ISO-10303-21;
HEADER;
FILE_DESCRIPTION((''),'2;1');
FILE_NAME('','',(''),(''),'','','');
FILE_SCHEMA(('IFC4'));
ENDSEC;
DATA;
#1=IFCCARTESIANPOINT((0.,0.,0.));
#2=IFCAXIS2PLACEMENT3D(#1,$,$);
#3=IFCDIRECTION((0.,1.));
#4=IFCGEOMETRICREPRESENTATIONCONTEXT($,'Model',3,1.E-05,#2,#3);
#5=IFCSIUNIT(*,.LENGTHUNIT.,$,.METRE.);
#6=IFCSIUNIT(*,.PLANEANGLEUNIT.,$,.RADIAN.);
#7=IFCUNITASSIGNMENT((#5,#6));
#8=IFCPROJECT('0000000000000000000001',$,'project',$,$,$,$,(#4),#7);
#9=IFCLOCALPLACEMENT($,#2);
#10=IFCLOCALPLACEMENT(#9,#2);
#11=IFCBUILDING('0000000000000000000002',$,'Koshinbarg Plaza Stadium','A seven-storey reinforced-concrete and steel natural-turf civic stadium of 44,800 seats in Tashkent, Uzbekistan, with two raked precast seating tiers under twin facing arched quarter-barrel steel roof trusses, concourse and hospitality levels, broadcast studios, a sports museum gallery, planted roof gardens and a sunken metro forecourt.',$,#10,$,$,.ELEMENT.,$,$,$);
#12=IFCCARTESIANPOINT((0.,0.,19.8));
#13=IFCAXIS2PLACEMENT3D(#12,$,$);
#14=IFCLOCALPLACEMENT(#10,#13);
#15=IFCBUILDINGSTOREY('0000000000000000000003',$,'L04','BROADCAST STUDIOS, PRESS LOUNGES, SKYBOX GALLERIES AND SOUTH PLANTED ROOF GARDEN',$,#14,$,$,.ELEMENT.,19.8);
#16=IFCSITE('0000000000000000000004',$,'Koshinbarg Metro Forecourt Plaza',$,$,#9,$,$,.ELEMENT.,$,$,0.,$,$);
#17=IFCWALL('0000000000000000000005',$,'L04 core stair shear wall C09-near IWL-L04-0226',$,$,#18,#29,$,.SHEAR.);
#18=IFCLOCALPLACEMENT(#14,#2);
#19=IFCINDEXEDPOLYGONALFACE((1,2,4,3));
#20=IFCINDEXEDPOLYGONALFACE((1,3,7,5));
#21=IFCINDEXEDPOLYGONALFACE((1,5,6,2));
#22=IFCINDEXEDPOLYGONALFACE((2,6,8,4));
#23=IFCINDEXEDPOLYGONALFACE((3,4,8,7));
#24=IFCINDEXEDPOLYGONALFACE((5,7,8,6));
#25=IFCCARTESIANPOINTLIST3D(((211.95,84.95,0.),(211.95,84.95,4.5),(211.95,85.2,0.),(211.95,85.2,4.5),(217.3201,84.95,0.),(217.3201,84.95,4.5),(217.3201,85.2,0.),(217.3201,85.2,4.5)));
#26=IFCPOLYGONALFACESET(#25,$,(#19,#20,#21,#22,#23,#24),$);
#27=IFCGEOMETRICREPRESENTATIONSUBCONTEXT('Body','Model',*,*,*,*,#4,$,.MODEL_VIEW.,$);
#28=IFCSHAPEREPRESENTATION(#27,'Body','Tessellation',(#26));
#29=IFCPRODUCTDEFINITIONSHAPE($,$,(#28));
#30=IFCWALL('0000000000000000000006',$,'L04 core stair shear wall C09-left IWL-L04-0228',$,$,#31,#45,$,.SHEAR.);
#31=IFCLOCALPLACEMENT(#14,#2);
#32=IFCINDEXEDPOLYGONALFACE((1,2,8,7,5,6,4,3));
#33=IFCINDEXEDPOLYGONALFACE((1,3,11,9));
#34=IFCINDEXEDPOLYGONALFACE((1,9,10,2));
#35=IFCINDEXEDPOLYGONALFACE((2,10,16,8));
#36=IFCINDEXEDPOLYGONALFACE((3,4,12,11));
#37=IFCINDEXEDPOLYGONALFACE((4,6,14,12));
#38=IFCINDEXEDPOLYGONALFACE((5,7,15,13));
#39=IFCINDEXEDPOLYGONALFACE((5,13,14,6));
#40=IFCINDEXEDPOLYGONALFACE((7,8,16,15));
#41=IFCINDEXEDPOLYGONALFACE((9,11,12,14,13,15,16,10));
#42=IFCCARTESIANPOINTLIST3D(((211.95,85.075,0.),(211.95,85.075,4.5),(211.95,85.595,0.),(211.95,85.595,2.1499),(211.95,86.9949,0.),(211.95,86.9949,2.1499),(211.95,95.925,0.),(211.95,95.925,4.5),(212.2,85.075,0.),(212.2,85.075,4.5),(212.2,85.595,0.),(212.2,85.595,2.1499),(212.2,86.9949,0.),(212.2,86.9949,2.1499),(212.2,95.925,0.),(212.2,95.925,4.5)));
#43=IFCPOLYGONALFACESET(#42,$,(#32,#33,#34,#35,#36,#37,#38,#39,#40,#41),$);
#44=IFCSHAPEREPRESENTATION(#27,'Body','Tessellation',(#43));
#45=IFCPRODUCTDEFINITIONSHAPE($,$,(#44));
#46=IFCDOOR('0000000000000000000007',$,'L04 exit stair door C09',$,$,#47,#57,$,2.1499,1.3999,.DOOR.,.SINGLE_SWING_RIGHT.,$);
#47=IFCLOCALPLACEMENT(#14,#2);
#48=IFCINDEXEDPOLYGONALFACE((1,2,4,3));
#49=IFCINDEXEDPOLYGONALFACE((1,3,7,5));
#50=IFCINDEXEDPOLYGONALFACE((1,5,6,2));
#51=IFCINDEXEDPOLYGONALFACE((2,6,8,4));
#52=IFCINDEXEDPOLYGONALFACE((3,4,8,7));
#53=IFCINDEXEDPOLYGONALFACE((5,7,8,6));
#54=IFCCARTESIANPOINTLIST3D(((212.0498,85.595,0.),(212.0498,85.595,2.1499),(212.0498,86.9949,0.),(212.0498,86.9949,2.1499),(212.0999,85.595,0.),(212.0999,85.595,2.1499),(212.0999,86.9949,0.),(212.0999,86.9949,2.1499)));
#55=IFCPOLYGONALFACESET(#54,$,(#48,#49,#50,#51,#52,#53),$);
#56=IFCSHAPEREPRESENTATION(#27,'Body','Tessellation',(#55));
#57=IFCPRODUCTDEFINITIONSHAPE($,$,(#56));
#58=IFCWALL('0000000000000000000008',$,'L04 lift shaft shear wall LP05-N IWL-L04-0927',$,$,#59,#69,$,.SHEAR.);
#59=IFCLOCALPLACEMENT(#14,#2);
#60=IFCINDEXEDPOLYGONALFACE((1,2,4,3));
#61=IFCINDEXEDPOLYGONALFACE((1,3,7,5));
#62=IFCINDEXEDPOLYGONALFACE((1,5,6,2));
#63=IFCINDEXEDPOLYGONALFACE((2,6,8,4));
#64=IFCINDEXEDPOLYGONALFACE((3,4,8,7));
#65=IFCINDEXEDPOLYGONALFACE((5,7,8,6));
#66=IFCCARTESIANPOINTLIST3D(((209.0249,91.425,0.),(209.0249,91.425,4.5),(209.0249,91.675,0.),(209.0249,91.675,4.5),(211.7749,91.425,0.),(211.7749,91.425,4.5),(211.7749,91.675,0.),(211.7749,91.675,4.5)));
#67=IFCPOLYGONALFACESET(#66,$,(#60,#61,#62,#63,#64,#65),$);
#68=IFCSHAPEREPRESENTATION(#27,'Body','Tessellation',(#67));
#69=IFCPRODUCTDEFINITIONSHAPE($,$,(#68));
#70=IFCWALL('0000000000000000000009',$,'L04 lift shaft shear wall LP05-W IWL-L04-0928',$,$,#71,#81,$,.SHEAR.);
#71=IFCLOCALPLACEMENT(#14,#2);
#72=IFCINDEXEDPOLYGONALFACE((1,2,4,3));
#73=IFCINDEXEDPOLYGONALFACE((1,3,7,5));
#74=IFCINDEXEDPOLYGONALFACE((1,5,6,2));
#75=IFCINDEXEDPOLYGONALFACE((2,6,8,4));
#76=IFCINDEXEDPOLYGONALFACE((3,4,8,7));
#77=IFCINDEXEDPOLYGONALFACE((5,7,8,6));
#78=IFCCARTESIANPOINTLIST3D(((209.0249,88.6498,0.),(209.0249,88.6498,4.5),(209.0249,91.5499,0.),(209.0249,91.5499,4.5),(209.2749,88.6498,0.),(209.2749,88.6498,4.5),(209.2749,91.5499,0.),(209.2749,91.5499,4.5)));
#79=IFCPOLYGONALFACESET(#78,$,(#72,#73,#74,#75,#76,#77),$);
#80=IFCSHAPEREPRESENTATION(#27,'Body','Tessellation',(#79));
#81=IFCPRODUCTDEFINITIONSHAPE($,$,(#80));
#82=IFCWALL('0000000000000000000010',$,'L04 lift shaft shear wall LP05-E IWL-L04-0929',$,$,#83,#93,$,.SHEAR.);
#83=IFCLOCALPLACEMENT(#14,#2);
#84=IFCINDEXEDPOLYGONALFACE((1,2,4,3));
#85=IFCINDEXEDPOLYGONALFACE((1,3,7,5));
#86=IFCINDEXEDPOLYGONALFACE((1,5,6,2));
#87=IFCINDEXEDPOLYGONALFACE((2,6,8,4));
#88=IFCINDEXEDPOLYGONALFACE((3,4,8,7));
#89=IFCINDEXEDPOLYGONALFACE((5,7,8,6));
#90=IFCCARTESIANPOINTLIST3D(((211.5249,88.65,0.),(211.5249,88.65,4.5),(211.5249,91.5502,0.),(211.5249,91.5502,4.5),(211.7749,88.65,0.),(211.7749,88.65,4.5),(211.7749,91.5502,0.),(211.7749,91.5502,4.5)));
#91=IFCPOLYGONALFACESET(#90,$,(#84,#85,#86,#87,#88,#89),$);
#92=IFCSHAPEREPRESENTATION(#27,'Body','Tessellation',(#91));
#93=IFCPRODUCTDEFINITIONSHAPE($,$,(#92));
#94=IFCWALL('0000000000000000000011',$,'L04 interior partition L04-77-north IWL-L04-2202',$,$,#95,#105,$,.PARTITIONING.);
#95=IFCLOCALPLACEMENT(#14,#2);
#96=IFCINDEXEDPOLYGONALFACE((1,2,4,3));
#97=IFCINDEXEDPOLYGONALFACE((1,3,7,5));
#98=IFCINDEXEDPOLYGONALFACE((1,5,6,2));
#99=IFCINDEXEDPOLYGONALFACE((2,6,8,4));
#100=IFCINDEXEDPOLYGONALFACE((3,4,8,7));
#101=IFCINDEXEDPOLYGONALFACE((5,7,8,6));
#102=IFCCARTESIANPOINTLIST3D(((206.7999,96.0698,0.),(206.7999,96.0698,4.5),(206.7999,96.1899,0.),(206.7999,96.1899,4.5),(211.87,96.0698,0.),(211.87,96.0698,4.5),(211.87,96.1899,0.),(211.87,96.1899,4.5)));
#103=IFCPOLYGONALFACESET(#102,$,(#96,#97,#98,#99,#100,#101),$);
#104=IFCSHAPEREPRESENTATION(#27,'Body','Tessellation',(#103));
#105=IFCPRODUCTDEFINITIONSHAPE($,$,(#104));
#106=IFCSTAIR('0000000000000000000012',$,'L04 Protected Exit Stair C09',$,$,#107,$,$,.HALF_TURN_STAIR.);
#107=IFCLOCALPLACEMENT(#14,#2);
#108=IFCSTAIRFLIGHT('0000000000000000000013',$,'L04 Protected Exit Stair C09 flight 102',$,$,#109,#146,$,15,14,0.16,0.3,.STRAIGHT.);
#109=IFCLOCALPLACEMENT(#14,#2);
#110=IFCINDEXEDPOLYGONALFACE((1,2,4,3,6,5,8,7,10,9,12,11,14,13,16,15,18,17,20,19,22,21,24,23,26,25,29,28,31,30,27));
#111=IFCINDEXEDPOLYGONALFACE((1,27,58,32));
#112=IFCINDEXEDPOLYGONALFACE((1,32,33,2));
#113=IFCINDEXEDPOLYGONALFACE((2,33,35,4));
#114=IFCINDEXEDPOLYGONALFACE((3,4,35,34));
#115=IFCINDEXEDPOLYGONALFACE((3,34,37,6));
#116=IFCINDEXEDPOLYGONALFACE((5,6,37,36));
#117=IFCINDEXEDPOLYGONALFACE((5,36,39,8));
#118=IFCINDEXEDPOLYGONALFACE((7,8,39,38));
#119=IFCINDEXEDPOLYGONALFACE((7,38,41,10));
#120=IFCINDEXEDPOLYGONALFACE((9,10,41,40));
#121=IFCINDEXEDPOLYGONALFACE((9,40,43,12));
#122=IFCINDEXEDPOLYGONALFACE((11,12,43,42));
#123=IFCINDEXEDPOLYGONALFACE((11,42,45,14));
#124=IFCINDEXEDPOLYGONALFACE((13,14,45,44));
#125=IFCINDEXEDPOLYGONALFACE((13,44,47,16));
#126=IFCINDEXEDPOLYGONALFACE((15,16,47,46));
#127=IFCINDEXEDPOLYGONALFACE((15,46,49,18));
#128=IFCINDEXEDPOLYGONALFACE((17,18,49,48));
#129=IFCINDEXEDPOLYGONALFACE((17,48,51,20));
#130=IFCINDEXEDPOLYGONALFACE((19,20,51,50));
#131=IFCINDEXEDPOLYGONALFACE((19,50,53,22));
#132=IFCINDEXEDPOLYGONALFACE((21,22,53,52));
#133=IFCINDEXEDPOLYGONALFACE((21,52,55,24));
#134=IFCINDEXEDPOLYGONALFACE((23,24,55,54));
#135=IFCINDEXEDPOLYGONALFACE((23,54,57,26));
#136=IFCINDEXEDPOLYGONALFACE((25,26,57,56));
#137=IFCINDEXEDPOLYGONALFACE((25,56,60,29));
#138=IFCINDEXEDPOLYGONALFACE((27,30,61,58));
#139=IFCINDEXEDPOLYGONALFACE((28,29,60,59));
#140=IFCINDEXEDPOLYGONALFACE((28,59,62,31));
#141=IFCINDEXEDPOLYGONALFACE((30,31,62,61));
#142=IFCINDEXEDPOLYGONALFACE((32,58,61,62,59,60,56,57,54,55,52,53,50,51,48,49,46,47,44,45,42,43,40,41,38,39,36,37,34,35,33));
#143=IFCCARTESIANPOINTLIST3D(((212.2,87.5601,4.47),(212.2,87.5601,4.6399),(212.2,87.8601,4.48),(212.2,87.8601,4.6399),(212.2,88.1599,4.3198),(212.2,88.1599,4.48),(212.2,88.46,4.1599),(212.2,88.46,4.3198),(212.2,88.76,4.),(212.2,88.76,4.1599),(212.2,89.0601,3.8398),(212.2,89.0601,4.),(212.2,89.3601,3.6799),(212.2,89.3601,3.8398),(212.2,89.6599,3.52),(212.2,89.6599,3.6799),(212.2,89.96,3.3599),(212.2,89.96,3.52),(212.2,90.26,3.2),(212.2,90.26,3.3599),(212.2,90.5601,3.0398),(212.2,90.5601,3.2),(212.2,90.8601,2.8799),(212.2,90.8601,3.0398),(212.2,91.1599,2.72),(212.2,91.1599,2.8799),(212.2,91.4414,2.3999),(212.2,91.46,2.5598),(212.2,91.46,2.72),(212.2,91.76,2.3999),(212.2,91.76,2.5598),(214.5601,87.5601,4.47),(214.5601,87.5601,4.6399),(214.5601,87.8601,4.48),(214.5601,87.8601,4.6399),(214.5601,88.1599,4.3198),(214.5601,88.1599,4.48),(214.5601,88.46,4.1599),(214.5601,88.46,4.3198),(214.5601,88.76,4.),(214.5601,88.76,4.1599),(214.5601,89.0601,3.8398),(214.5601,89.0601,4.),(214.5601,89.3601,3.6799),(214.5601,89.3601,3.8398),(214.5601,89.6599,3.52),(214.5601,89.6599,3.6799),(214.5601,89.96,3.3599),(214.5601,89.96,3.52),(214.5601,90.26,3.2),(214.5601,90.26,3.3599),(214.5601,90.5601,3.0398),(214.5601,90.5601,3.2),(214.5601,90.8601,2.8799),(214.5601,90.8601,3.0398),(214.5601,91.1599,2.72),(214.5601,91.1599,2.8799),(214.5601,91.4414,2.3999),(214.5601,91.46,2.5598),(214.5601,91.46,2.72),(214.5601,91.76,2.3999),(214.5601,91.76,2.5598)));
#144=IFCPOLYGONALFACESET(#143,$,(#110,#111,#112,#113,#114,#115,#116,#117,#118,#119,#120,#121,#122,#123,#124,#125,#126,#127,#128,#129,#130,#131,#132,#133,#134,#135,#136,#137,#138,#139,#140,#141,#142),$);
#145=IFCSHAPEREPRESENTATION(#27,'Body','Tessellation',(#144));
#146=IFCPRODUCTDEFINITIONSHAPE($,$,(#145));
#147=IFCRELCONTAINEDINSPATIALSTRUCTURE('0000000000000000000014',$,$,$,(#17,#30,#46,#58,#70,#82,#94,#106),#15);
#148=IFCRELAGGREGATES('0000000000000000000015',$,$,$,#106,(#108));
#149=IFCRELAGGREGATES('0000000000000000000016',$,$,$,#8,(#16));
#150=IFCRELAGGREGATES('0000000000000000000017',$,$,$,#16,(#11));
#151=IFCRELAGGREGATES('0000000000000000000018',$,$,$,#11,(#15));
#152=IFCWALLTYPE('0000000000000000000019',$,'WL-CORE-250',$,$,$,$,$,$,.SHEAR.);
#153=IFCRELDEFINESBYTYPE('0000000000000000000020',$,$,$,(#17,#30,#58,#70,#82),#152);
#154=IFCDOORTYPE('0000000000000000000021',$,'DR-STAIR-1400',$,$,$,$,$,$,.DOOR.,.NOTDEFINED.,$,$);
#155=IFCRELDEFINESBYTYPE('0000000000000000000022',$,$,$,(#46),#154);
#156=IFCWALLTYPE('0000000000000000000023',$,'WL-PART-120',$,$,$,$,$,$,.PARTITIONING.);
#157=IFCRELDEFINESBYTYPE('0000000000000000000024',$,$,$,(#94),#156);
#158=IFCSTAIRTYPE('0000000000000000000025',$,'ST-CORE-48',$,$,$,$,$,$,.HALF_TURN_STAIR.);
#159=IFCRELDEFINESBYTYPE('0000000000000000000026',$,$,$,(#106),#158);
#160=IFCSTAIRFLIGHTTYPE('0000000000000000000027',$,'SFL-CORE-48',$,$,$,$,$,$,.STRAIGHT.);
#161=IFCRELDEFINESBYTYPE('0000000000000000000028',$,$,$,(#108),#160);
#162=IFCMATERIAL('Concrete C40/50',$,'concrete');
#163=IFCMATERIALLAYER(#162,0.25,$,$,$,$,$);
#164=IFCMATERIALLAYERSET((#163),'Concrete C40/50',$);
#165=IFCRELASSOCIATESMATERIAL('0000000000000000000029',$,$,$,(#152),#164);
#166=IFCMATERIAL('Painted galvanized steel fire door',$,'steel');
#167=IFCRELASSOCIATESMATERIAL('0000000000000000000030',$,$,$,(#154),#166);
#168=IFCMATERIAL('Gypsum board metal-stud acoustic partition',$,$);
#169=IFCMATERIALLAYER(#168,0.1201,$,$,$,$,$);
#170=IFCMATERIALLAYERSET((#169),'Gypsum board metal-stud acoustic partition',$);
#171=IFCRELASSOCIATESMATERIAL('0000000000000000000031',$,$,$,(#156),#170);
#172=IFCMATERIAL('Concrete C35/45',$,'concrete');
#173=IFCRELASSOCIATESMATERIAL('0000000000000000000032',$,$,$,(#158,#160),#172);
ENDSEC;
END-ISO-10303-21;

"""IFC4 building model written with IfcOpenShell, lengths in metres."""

from ifc_helpers import new_model, si_unit, direction, frame, frame_2d, origin, place, context, subcontext, project, spatial, polyline, rectangle, outline, extrude, material, layer, layer_set, type_object, element, fill, aggregate, save


model = new_model("IFC4")

# Units and contexts
model_context = context("Model", 3, precision=1e-05, world=origin(), true_north=direction((0.0, 1.0)))
body_context = subcontext(model_context, "Body", "Model", "MODEL_VIEW")
ifc_project = project(units=[si_unit("LENGTHUNIT", "METRE"), si_unit("PLANEANGLEUNIT", "RADIAN")], contexts=[model_context])

# Site, building, storey
site_placement = place(None, origin())
site = spatial("IfcSite", under=ifc_project, at=site_placement, Name="Koshinbarg Metro Forecourt Plaza", CompositionType="ELEMENT", RefElevation=0.0)
building_placement = place(site_placement, origin())
building = spatial("IfcBuilding", under=site, at=building_placement, Name="Koshinbarg Plaza Stadium", Description="A seven-storey reinforced-concrete and steel natural-turf civic stadium of 44,800 seats in Tashkent, Uzbekistan, with two raked precast seating tiers under twin facing arched quarter-barrel steel roof trusses, concourse and hospitality levels, broadcast studios, a sports museum gallery, planted roof gardens and a sunken metro forecourt.", CompositionType="ELEMENT")
storey_placement = place(building_placement, frame((0.0, 0.0, 19.8)))
storey = spatial("IfcBuildingStorey", under=building, at=storey_placement, Name="L04", Description="BROADCAST STUDIOS, PRESS LOUNGES, SKYBOX GALLERIES AND SOUTH PLANTED ROOF GARDEN", CompositionType="ELEMENT", Elevation=19.8)

# Shared definitions
ifc_material_1 = material(Name="Concrete C40/50", Category="concrete")

# Wall
ifc_layer_1 = layer(ifc_material_1, 0.25)
ifc_layer_set_1 = layer_set([ifc_layer_1], Name="Concrete C40/50")
wall_type_1 = type_object("IfcWallType", Name="WL-CORE-250", PredefinedType="SHEAR", material=ifc_layer_set_1)
wall_1_placement = place(storey_placement, frame((211.95, 85.075, 0.0), z_axis=(0.0, 0.0, 1.0), x_axis=(1.0, 0.0, 0.0)))
element("IfcWall", 1, at=wall_1_placement, inside=storey, type_object=wall_type_1, Name="L04 core stair shear wall C09-near IWL-L04-0226", PredefinedType="SHEAR", context=body_context, shape_type="SweptSolid", body=[
    extrude(rectangle(XDim=5.3701, YDim=0.25, at=frame_2d((2.6851, 0.0))), origin(), (0.0, 0.0, 1.0), 4.5),
])

# Wall, opening, door
wall_2_placement = place(storey_placement, frame((212.075, 85.075, 0.0), z_axis=(0.0, 0.0, 1.0), x_axis=(0.0, 1.0, 0.0)))
wall_2 = element("IfcWall", 2, at=wall_2_placement, inside=storey, type_object=wall_type_1, Name="L04 core stair shear wall C09-left IWL-L04-0228", PredefinedType="SHEAR", context=body_context, shape_type="SweptSolid", body=[
    extrude(rectangle(XDim=10.8501, YDim=0.25, at=frame_2d((5.425, 0.0))), origin(), (0.0, 0.0, 1.0), 4.5),
])
opening_1_placement = place(wall_2_placement, frame((0.52, 0.0, 0.0)))
opening_1 = element("IfcOpeningElement", 3, at=opening_1_placement, cuts=wall_2, PredefinedType="OPENING", context=body_context, shape_type="SweptSolid", body=[
    extrude(rectangle(XDim=1.3999, YDim=2.1499, at=frame_2d((0.7, 1.075))), frame((0.0, 0.135, 0.0), z_axis=(0.0, -1.0, 0.0), x_axis=(1.0, 0.0, 0.0)), (0.0, 0.0, 1.0), 0.27),
])
ifc_material_2 = material(Name="Painted galvanized steel fire door", Category="steel")
door_type_1 = type_object("IfcDoorType", Name="DR-STAIR-1400", OperationType="NOTDEFINED", PredefinedType="DOOR", material=ifc_material_2)
door_1_placement = place(opening_1_placement, frame((1.3999, 0.0, 0.0), z_axis=(0.0, 0.0, 1.0), x_axis=(-1.0, 0.0, 0.0)))
door_1 = element("IfcDoor", 4, at=door_1_placement, inside=storey, type_object=door_type_1, Name="L04 exit stair door C09", OperationType="SINGLE_SWING_RIGHT", OverallHeight=2.1499, OverallWidth=1.3999, PredefinedType="DOOR", context=body_context, shape_type="SweptSolid", body=[
    extrude(rectangle(XDim=1.3999, YDim=2.1499, at=frame_2d((0.7, 1.075))), frame((0.0, 0.0249, 0.0), z_axis=(0.0, -1.0, 0.0), x_axis=(1.0, 0.0, 0.0)), (0.0, 0.0, 1.0), 0.05),
])
fill(opening_1, door_1)

# Walls
wall_3_placement = place(storey_placement, frame((211.7749, 91.55, 0.0), z_axis=(0.0, 0.0, 1.0), x_axis=(-1.0, 0.0, 0.0)))
element("IfcWall", 5, at=wall_3_placement, inside=storey, type_object=wall_type_1, Name="L04 lift shaft shear wall LP05-N IWL-L04-0927", PredefinedType="SHEAR", context=body_context, shape_type="SweptSolid", body=[
    extrude(rectangle(XDim=2.75, YDim=0.25, at=frame_2d((1.375, 0.0))), origin(), (0.0, 0.0, 1.0), 4.5),
])
for number, where, z_axis, x_axis, name in (
    (6, (209.1499, 91.55, 0.0), (0.0, 0.0, 1.0), (0.0, -1.0, 0.0), "L04 lift shaft shear wall LP05-W IWL-L04-0928"),
    (7, (211.6499, 88.6499, 0.0), (0.0, 0.0, 1.0), (0.0, 1.0, 0.0), "L04 lift shaft shear wall LP05-E IWL-L04-0929"),
):
    element("IfcWall", number, at=place(storey_placement, frame(where, z_axis=z_axis, x_axis=x_axis)), inside=storey, type_object=wall_type_1, Name=name, PredefinedType="SHEAR", context=body_context, shape_type="SweptSolid", body=[
        extrude(rectangle(XDim=2.9001, YDim=0.25, at=frame_2d((1.4502, 0.0))), origin(), (0.0, 0.0, 1.0), 4.5),
    ])
ifc_material_3 = material(Name="Gypsum board metal-stud acoustic partition")
ifc_layer_2 = layer(ifc_material_3, 0.1201)
ifc_layer_set_2 = layer_set([ifc_layer_2], Name="Gypsum board metal-stud acoustic partition")
wall_type_2 = type_object("IfcWallType", Name="WL-PART-120", PredefinedType="PARTITIONING", material=ifc_layer_set_2)
wall_4_placement = place(storey_placement, frame((211.8701, 96.1299, 0.0), z_axis=(0.0, 0.0, 1.0), x_axis=(-1.0, 0.0, 0.0)))
element("IfcWall", 8, at=wall_4_placement, inside=storey, type_object=wall_type_2, Name="L04 interior partition L04-77-north IWL-L04-2202", PredefinedType="PARTITIONING", context=body_context, shape_type="SweptSolid", body=[
    extrude(rectangle(XDim=5.0701, YDim=0.1201, at=frame_2d((2.5352, 0.0))), origin(), (0.0, 0.0, 1.0), 4.5),
])

# Stair, stair flight
ifc_material_4 = material(Name="Concrete C35/45", Category="concrete")
stair_type = type_object("IfcStairType", Name="ST-CORE-48", PredefinedType="HALF_TURN_STAIR", material=ifc_material_4)
stair_placement = place(storey_placement, origin())
stair = element("IfcStair", 9, at=stair_placement, inside=storey, type_object=stair_type, Name="L04 Protected Exit Stair C09", PredefinedType="HALF_TURN_STAIR")
stair_flight_type = type_object("IfcStairFlightType", Name="SFL-CORE-48", PredefinedType="STRAIGHT", material=ifc_material_4)
stair_flight_placement = place(storey_placement, frame((213.3799, 91.76, 2.3999), z_axis=(0.0, 0.0, 1.0), x_axis=(0.0, -1.0, 0.0)))
stair_flight = element("IfcStairFlight", 10, at=stair_flight_placement, type_object=stair_flight_type, Name="L04 Protected Exit Stair C09 flight 102", NumberOfRisers=15, NumberOfTreads=14, PredefinedType="STRAIGHT", RiserHeight=0.16, TreadLength=0.3, context=body_context, shape_type="SweptSolid", body=[
    extrude(outline(polyline([(0.0, 0.0), (0.0, 0.1599), (0.3, 0.1599), (0.3, 0.3201), (0.6001, 0.3201), (0.6001, 0.48), (0.8999, 0.48), (0.8999, 0.6399), (1.2, 0.6399), (1.2, 0.8), (1.5, 0.8), (1.5, 0.96), (1.8, 0.96), (1.8, 1.1201), (2.1001, 1.1201), (2.1001, 1.28), (2.3999, 1.28), (2.3999, 1.4399), (2.7, 1.4399), (2.7, 1.6001), (3.0, 1.6001), (3.0, 1.76), (3.3, 1.76), (3.3, 1.9199), (3.6001, 1.9199), (3.6001, 2.0801), (3.8999, 2.0801), (3.8999, 2.24), (4.2, 2.24), (4.2, 2.3999), (4.2, 2.0701), (0.3186, 0.0), (0.0, 0.0)])), frame((0.0, 1.1802, 0.0), z_axis=(0.0, -1.0, 0.0), x_axis=(1.0, 0.0, 0.0)), (0.0, 0.0, 1.0), 2.3601),
])
aggregate(stair, [stair_flight])

save(model, "model.ifc")
